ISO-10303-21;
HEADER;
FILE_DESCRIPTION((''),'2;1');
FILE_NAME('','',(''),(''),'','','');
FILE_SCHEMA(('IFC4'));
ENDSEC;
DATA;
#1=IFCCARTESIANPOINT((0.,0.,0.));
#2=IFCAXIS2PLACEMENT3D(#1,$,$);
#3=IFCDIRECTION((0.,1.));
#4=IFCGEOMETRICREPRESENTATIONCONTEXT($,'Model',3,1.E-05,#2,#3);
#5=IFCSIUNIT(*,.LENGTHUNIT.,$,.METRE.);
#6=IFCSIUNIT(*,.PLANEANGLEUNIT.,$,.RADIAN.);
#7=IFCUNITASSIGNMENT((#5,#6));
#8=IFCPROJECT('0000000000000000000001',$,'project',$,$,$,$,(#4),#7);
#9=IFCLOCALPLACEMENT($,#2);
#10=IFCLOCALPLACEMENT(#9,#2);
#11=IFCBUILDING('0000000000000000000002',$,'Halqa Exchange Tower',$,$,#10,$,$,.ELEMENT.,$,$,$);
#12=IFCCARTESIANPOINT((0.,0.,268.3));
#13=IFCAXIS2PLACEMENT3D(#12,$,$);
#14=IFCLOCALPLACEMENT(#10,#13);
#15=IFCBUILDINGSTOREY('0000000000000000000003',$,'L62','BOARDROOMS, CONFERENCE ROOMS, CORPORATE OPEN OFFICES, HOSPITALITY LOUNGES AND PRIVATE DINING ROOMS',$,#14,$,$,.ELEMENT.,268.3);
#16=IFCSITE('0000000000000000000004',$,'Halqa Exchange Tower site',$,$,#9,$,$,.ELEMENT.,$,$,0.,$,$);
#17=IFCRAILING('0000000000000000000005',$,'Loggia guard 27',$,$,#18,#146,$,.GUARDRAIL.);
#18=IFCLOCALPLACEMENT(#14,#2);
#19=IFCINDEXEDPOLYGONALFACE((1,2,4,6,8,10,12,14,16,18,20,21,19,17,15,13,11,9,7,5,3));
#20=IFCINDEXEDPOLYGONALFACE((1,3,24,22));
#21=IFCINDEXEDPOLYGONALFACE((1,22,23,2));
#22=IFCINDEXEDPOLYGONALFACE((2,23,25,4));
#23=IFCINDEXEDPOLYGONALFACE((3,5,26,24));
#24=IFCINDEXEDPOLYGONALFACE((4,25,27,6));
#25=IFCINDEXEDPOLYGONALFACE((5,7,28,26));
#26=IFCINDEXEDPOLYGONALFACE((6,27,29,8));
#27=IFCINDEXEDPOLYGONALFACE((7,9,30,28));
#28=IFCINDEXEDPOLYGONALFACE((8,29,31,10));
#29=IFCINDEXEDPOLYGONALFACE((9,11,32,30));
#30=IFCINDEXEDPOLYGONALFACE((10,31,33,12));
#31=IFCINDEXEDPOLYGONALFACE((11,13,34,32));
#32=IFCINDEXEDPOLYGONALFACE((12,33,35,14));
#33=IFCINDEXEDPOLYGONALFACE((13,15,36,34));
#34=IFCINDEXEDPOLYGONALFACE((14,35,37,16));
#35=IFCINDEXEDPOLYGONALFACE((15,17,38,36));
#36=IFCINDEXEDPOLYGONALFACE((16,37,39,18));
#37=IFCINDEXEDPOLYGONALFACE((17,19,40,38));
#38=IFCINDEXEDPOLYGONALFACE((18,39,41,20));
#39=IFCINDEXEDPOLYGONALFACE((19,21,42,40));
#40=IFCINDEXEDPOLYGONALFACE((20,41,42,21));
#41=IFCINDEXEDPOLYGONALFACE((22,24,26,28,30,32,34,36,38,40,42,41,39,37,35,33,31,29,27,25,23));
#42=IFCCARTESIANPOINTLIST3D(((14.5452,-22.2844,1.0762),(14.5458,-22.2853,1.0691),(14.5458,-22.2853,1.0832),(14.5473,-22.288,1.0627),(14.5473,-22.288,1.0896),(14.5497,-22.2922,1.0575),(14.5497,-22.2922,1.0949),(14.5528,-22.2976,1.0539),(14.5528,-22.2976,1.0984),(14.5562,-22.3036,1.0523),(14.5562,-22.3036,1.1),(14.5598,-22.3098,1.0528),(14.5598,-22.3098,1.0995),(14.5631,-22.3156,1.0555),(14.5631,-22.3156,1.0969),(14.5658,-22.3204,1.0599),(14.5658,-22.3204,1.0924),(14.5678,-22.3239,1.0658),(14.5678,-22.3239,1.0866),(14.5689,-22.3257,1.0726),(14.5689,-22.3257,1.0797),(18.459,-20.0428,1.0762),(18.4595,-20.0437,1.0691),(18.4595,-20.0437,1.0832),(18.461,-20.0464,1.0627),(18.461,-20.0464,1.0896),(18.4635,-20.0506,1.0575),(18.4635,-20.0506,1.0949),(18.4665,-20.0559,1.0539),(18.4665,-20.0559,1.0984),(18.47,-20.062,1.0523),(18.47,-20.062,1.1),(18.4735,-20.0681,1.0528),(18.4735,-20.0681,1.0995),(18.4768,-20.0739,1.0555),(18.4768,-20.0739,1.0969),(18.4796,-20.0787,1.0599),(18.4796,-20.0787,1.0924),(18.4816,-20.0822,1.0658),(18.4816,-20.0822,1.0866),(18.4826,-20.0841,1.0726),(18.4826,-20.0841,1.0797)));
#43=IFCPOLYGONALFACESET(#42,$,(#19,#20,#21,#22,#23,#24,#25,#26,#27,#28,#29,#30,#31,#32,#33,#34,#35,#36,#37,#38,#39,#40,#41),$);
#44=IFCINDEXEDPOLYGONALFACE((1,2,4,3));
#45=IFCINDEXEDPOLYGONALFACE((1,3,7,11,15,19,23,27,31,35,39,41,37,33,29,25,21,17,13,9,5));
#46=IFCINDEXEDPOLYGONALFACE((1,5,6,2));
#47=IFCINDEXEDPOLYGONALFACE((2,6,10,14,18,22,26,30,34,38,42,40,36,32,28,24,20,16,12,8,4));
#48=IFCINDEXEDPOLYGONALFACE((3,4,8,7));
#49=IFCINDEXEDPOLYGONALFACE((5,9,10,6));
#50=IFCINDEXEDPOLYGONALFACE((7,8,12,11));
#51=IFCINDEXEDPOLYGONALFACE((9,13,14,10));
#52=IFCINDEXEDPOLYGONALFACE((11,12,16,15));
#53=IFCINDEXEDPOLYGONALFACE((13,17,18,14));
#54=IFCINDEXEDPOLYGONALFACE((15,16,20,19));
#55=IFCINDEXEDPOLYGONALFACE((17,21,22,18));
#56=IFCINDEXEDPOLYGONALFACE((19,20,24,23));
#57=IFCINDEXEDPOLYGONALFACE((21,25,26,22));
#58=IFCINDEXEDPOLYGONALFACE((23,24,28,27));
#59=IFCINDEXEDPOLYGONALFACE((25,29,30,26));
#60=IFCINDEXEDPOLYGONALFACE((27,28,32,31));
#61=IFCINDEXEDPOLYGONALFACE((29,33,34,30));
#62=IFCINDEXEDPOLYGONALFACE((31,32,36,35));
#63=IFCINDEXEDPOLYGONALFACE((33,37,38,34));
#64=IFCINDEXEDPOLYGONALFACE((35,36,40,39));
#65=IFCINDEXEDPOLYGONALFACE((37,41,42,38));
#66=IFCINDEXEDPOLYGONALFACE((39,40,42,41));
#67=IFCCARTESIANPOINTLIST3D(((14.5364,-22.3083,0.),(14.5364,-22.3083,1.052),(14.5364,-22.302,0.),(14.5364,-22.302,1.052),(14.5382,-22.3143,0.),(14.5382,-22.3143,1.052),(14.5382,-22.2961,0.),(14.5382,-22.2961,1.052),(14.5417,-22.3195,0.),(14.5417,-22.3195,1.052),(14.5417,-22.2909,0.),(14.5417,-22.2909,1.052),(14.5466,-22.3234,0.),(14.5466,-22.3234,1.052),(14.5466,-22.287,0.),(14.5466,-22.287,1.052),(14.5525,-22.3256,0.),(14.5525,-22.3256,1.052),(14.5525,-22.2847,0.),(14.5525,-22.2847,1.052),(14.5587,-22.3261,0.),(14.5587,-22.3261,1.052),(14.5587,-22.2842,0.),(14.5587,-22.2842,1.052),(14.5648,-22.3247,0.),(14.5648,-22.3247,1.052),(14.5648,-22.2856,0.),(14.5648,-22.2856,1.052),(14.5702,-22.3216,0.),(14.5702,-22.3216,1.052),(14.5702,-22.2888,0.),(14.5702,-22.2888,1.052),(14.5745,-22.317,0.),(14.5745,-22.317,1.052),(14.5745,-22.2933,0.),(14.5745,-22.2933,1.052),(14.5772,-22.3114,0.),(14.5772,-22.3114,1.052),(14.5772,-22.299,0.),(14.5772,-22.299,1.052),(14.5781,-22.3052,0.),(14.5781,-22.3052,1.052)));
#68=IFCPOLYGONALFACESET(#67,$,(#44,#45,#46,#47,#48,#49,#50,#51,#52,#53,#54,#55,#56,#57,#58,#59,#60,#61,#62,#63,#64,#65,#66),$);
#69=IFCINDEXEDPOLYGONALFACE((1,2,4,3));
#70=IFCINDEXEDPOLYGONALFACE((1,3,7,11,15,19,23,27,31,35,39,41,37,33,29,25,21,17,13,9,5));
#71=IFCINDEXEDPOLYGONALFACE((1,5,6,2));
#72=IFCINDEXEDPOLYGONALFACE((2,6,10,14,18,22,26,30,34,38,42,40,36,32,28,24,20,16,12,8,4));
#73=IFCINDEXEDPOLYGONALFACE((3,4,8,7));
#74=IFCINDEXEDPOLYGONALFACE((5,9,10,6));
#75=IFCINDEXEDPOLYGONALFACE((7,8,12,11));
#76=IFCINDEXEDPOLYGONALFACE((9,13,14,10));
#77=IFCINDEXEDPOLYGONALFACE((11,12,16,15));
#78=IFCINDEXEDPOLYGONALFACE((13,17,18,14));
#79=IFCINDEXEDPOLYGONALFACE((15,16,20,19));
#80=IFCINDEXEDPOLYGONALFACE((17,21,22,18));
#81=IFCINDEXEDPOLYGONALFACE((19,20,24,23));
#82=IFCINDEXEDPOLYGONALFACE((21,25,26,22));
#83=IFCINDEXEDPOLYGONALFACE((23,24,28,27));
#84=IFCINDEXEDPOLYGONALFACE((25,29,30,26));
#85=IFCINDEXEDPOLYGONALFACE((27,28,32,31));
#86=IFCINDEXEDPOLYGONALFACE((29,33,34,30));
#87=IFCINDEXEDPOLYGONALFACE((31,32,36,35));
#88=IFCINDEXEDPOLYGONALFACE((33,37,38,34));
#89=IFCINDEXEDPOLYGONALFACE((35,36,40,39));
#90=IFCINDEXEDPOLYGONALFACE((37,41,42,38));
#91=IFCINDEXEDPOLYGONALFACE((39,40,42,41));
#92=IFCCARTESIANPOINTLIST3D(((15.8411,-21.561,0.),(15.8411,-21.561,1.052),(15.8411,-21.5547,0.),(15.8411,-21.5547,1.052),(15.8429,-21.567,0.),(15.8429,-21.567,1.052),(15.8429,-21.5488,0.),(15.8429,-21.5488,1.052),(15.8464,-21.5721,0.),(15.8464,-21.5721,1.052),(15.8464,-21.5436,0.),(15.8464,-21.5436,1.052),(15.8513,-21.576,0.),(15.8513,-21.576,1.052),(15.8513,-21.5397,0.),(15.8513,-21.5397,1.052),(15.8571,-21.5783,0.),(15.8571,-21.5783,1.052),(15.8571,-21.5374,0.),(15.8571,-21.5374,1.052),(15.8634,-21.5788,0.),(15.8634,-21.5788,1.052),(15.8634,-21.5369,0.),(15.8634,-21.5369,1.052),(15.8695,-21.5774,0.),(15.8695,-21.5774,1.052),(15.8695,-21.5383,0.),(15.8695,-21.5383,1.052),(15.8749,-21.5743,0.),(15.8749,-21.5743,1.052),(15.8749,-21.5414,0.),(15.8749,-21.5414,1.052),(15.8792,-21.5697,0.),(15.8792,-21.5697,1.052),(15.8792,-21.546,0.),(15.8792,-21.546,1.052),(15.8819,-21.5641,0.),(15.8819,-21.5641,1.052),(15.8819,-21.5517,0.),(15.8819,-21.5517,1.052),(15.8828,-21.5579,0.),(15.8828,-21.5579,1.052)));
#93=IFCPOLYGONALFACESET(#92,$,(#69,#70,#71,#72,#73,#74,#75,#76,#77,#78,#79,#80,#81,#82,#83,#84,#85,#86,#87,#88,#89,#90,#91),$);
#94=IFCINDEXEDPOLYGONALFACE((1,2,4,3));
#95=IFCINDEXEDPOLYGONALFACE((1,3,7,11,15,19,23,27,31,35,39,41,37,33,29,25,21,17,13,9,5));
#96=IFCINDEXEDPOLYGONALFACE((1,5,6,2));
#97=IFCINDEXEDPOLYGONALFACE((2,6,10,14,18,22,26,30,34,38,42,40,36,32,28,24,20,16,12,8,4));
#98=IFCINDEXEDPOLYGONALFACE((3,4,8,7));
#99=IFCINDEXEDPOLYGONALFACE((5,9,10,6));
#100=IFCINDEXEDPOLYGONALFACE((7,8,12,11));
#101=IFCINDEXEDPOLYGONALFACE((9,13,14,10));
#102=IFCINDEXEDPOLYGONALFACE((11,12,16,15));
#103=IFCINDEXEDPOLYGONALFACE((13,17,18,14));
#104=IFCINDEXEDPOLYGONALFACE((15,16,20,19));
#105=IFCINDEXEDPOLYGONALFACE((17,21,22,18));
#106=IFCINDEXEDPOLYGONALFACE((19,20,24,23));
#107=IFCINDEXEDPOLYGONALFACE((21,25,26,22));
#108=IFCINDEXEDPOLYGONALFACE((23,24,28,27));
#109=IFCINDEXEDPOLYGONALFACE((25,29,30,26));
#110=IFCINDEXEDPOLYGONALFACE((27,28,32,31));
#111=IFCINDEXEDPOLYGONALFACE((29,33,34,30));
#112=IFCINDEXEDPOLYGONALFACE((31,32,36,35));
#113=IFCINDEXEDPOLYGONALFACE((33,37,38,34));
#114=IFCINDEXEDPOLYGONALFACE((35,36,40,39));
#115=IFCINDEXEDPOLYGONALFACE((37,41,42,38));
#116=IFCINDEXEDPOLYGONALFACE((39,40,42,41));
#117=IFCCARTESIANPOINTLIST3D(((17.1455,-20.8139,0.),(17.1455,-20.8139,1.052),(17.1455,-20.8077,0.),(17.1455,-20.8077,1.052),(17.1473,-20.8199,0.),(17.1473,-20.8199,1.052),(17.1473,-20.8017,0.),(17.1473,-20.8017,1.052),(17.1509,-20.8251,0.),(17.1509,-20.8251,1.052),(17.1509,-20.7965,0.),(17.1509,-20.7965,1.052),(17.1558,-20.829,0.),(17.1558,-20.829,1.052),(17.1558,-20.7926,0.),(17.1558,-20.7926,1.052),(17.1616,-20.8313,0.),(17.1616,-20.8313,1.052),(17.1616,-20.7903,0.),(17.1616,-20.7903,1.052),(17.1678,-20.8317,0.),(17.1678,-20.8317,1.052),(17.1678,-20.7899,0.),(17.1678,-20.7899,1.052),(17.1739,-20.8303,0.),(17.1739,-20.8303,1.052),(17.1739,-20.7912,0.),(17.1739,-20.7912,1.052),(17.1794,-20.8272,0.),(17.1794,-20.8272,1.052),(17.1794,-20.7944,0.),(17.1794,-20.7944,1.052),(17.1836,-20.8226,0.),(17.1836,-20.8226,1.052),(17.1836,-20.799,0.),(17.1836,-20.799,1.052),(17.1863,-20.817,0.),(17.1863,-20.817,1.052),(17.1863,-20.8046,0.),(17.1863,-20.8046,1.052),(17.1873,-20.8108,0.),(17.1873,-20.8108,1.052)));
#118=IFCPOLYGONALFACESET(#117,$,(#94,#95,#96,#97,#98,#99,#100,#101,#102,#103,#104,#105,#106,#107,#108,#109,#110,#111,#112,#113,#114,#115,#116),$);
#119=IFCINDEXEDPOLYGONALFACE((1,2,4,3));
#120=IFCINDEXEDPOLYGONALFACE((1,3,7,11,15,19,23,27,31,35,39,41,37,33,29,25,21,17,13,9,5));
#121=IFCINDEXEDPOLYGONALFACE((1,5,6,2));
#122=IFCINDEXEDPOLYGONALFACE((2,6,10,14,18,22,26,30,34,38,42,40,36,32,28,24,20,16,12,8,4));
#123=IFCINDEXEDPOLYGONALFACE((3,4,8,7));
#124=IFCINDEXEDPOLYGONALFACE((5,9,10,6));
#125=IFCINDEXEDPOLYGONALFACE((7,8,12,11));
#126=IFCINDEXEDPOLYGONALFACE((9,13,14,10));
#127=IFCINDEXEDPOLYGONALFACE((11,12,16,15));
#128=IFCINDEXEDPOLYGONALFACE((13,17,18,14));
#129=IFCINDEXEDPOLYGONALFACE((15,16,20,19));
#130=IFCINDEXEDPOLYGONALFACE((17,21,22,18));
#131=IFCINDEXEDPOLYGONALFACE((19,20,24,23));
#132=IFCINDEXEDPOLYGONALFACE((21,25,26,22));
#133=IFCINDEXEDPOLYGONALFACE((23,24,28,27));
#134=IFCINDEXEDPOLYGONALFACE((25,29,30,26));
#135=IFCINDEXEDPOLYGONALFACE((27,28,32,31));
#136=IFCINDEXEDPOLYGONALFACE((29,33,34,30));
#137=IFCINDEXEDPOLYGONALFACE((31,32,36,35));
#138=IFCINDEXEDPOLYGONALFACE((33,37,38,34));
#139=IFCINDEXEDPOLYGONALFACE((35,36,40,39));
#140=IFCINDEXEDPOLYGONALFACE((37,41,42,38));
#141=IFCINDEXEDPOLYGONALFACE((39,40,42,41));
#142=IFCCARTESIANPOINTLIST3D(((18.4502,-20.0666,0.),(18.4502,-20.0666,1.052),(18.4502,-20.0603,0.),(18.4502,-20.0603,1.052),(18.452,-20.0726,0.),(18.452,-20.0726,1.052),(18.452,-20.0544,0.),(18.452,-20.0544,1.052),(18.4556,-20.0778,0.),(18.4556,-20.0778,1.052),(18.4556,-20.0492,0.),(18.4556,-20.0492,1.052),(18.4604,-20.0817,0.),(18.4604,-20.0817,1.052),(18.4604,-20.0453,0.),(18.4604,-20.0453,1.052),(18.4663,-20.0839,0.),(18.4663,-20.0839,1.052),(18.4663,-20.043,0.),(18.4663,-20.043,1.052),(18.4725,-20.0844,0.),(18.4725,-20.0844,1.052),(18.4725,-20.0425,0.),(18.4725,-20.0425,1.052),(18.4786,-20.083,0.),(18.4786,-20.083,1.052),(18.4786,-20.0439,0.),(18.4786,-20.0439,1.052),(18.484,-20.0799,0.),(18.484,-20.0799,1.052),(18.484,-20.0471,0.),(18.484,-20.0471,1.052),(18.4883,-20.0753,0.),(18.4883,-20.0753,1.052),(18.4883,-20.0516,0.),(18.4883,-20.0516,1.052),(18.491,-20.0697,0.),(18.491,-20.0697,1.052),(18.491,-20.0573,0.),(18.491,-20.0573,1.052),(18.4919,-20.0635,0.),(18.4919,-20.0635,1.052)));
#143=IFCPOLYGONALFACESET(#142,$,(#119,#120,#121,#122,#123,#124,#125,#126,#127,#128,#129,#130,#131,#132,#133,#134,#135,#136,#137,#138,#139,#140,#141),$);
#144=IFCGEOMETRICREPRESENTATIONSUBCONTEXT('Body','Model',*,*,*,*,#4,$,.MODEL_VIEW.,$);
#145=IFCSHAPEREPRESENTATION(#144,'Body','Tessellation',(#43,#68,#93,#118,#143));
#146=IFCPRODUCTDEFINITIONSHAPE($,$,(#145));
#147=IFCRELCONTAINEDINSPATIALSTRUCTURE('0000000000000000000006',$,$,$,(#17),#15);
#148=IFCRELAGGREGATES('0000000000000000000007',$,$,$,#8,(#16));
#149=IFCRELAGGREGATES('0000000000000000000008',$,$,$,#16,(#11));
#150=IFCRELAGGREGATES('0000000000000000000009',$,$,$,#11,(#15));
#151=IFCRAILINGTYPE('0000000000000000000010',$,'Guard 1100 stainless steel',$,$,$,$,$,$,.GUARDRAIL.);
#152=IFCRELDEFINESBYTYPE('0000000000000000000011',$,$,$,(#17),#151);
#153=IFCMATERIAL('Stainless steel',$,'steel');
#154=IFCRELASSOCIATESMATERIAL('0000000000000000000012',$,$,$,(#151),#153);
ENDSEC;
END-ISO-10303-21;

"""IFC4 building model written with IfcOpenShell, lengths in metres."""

from ifc_helpers import new_model, si_unit, direction, frame, origin, origin_2d, place, context, subcontext, project, spatial, circle, extrude, material, type_object, element, save


model = new_model("IFC4")

# Units and contexts
model_context = context("Model", 3, precision=1e-05, world=origin(), true_north=direction((0.0, 1.0)))
body_context = subcontext(model_context, "Body", "Model", "MODEL_VIEW")
ifc_project = project(units=[si_unit("LENGTHUNIT", "METRE"), si_unit("PLANEANGLEUNIT", "RADIAN")], contexts=[model_context])

# Site, building, storey
site_placement = place(None, origin())
site = spatial("IfcSite", under=ifc_project, at=site_placement, Name="Halqa Exchange Tower site", CompositionType="ELEMENT", RefElevation=0.0)
building_placement = place(site_placement, origin())
building = spatial("IfcBuilding", under=site, at=building_placement, Name="Halqa Exchange Tower", CompositionType="ELEMENT")
storey_placement = place(building_placement, frame((0.0, 0.0, 268.3)))
storey = spatial("IfcBuildingStorey", under=building, at=storey_placement, Name="L62", Description="BOARDROOMS, CONFERENCE ROOMS, CORPORATE OPEN OFFICES, HOSPITALITY LOUNGES AND PRIVATE DINING ROOMS", CompositionType="ELEMENT", Elevation=268.3)

# Railing
ifc_material_1 = material(Name="Stainless steel", Category="steel")
railing_type = type_object("IfcRailingType", Name="Guard 1100 stainless steel", PredefinedType="GUARDRAIL", material=ifc_material_1)
railing_1_placement = place(storey_placement, frame((14.5571, -22.3052, 0.0)))
element("IfcRailing", 1, at=railing_1_placement, inside=storey, type_object=railing_type, Name="Loggia guard 27", PredefinedType="GUARDRAIL", context=body_context, shape_type="SweptSolid", body=[
    extrude(circle(Radius=0.0239, at=origin_2d()), frame((0.0, 0.0, 1.0762), z_axis=(0.867743, 0.497013, 0.0), x_axis=(-0.497013, 0.867743, 0.0)), (0.0, 0.0, 1.0), 4.5103),
    extrude(circle(Radius=0.021, at=origin_2d()), origin(), (0.0, 0.0, 1.0), 1.052),
    extrude(circle(Radius=0.021, at=origin_2d()), frame((1.3047, 0.7473, 0.0)), (0.0, 0.0, 1.0), 1.052),
    extrude(circle(Radius=0.021, at=origin_2d()), frame((2.6091, 1.4944, 0.0)), (0.0, 0.0, 1.0), 1.052),
    extrude(circle(Radius=0.021, at=origin_2d()), frame((3.9138, 2.2417, 0.0)), (0.0, 0.0, 1.0), 1.052),
])

save(model, "model.ifc")
